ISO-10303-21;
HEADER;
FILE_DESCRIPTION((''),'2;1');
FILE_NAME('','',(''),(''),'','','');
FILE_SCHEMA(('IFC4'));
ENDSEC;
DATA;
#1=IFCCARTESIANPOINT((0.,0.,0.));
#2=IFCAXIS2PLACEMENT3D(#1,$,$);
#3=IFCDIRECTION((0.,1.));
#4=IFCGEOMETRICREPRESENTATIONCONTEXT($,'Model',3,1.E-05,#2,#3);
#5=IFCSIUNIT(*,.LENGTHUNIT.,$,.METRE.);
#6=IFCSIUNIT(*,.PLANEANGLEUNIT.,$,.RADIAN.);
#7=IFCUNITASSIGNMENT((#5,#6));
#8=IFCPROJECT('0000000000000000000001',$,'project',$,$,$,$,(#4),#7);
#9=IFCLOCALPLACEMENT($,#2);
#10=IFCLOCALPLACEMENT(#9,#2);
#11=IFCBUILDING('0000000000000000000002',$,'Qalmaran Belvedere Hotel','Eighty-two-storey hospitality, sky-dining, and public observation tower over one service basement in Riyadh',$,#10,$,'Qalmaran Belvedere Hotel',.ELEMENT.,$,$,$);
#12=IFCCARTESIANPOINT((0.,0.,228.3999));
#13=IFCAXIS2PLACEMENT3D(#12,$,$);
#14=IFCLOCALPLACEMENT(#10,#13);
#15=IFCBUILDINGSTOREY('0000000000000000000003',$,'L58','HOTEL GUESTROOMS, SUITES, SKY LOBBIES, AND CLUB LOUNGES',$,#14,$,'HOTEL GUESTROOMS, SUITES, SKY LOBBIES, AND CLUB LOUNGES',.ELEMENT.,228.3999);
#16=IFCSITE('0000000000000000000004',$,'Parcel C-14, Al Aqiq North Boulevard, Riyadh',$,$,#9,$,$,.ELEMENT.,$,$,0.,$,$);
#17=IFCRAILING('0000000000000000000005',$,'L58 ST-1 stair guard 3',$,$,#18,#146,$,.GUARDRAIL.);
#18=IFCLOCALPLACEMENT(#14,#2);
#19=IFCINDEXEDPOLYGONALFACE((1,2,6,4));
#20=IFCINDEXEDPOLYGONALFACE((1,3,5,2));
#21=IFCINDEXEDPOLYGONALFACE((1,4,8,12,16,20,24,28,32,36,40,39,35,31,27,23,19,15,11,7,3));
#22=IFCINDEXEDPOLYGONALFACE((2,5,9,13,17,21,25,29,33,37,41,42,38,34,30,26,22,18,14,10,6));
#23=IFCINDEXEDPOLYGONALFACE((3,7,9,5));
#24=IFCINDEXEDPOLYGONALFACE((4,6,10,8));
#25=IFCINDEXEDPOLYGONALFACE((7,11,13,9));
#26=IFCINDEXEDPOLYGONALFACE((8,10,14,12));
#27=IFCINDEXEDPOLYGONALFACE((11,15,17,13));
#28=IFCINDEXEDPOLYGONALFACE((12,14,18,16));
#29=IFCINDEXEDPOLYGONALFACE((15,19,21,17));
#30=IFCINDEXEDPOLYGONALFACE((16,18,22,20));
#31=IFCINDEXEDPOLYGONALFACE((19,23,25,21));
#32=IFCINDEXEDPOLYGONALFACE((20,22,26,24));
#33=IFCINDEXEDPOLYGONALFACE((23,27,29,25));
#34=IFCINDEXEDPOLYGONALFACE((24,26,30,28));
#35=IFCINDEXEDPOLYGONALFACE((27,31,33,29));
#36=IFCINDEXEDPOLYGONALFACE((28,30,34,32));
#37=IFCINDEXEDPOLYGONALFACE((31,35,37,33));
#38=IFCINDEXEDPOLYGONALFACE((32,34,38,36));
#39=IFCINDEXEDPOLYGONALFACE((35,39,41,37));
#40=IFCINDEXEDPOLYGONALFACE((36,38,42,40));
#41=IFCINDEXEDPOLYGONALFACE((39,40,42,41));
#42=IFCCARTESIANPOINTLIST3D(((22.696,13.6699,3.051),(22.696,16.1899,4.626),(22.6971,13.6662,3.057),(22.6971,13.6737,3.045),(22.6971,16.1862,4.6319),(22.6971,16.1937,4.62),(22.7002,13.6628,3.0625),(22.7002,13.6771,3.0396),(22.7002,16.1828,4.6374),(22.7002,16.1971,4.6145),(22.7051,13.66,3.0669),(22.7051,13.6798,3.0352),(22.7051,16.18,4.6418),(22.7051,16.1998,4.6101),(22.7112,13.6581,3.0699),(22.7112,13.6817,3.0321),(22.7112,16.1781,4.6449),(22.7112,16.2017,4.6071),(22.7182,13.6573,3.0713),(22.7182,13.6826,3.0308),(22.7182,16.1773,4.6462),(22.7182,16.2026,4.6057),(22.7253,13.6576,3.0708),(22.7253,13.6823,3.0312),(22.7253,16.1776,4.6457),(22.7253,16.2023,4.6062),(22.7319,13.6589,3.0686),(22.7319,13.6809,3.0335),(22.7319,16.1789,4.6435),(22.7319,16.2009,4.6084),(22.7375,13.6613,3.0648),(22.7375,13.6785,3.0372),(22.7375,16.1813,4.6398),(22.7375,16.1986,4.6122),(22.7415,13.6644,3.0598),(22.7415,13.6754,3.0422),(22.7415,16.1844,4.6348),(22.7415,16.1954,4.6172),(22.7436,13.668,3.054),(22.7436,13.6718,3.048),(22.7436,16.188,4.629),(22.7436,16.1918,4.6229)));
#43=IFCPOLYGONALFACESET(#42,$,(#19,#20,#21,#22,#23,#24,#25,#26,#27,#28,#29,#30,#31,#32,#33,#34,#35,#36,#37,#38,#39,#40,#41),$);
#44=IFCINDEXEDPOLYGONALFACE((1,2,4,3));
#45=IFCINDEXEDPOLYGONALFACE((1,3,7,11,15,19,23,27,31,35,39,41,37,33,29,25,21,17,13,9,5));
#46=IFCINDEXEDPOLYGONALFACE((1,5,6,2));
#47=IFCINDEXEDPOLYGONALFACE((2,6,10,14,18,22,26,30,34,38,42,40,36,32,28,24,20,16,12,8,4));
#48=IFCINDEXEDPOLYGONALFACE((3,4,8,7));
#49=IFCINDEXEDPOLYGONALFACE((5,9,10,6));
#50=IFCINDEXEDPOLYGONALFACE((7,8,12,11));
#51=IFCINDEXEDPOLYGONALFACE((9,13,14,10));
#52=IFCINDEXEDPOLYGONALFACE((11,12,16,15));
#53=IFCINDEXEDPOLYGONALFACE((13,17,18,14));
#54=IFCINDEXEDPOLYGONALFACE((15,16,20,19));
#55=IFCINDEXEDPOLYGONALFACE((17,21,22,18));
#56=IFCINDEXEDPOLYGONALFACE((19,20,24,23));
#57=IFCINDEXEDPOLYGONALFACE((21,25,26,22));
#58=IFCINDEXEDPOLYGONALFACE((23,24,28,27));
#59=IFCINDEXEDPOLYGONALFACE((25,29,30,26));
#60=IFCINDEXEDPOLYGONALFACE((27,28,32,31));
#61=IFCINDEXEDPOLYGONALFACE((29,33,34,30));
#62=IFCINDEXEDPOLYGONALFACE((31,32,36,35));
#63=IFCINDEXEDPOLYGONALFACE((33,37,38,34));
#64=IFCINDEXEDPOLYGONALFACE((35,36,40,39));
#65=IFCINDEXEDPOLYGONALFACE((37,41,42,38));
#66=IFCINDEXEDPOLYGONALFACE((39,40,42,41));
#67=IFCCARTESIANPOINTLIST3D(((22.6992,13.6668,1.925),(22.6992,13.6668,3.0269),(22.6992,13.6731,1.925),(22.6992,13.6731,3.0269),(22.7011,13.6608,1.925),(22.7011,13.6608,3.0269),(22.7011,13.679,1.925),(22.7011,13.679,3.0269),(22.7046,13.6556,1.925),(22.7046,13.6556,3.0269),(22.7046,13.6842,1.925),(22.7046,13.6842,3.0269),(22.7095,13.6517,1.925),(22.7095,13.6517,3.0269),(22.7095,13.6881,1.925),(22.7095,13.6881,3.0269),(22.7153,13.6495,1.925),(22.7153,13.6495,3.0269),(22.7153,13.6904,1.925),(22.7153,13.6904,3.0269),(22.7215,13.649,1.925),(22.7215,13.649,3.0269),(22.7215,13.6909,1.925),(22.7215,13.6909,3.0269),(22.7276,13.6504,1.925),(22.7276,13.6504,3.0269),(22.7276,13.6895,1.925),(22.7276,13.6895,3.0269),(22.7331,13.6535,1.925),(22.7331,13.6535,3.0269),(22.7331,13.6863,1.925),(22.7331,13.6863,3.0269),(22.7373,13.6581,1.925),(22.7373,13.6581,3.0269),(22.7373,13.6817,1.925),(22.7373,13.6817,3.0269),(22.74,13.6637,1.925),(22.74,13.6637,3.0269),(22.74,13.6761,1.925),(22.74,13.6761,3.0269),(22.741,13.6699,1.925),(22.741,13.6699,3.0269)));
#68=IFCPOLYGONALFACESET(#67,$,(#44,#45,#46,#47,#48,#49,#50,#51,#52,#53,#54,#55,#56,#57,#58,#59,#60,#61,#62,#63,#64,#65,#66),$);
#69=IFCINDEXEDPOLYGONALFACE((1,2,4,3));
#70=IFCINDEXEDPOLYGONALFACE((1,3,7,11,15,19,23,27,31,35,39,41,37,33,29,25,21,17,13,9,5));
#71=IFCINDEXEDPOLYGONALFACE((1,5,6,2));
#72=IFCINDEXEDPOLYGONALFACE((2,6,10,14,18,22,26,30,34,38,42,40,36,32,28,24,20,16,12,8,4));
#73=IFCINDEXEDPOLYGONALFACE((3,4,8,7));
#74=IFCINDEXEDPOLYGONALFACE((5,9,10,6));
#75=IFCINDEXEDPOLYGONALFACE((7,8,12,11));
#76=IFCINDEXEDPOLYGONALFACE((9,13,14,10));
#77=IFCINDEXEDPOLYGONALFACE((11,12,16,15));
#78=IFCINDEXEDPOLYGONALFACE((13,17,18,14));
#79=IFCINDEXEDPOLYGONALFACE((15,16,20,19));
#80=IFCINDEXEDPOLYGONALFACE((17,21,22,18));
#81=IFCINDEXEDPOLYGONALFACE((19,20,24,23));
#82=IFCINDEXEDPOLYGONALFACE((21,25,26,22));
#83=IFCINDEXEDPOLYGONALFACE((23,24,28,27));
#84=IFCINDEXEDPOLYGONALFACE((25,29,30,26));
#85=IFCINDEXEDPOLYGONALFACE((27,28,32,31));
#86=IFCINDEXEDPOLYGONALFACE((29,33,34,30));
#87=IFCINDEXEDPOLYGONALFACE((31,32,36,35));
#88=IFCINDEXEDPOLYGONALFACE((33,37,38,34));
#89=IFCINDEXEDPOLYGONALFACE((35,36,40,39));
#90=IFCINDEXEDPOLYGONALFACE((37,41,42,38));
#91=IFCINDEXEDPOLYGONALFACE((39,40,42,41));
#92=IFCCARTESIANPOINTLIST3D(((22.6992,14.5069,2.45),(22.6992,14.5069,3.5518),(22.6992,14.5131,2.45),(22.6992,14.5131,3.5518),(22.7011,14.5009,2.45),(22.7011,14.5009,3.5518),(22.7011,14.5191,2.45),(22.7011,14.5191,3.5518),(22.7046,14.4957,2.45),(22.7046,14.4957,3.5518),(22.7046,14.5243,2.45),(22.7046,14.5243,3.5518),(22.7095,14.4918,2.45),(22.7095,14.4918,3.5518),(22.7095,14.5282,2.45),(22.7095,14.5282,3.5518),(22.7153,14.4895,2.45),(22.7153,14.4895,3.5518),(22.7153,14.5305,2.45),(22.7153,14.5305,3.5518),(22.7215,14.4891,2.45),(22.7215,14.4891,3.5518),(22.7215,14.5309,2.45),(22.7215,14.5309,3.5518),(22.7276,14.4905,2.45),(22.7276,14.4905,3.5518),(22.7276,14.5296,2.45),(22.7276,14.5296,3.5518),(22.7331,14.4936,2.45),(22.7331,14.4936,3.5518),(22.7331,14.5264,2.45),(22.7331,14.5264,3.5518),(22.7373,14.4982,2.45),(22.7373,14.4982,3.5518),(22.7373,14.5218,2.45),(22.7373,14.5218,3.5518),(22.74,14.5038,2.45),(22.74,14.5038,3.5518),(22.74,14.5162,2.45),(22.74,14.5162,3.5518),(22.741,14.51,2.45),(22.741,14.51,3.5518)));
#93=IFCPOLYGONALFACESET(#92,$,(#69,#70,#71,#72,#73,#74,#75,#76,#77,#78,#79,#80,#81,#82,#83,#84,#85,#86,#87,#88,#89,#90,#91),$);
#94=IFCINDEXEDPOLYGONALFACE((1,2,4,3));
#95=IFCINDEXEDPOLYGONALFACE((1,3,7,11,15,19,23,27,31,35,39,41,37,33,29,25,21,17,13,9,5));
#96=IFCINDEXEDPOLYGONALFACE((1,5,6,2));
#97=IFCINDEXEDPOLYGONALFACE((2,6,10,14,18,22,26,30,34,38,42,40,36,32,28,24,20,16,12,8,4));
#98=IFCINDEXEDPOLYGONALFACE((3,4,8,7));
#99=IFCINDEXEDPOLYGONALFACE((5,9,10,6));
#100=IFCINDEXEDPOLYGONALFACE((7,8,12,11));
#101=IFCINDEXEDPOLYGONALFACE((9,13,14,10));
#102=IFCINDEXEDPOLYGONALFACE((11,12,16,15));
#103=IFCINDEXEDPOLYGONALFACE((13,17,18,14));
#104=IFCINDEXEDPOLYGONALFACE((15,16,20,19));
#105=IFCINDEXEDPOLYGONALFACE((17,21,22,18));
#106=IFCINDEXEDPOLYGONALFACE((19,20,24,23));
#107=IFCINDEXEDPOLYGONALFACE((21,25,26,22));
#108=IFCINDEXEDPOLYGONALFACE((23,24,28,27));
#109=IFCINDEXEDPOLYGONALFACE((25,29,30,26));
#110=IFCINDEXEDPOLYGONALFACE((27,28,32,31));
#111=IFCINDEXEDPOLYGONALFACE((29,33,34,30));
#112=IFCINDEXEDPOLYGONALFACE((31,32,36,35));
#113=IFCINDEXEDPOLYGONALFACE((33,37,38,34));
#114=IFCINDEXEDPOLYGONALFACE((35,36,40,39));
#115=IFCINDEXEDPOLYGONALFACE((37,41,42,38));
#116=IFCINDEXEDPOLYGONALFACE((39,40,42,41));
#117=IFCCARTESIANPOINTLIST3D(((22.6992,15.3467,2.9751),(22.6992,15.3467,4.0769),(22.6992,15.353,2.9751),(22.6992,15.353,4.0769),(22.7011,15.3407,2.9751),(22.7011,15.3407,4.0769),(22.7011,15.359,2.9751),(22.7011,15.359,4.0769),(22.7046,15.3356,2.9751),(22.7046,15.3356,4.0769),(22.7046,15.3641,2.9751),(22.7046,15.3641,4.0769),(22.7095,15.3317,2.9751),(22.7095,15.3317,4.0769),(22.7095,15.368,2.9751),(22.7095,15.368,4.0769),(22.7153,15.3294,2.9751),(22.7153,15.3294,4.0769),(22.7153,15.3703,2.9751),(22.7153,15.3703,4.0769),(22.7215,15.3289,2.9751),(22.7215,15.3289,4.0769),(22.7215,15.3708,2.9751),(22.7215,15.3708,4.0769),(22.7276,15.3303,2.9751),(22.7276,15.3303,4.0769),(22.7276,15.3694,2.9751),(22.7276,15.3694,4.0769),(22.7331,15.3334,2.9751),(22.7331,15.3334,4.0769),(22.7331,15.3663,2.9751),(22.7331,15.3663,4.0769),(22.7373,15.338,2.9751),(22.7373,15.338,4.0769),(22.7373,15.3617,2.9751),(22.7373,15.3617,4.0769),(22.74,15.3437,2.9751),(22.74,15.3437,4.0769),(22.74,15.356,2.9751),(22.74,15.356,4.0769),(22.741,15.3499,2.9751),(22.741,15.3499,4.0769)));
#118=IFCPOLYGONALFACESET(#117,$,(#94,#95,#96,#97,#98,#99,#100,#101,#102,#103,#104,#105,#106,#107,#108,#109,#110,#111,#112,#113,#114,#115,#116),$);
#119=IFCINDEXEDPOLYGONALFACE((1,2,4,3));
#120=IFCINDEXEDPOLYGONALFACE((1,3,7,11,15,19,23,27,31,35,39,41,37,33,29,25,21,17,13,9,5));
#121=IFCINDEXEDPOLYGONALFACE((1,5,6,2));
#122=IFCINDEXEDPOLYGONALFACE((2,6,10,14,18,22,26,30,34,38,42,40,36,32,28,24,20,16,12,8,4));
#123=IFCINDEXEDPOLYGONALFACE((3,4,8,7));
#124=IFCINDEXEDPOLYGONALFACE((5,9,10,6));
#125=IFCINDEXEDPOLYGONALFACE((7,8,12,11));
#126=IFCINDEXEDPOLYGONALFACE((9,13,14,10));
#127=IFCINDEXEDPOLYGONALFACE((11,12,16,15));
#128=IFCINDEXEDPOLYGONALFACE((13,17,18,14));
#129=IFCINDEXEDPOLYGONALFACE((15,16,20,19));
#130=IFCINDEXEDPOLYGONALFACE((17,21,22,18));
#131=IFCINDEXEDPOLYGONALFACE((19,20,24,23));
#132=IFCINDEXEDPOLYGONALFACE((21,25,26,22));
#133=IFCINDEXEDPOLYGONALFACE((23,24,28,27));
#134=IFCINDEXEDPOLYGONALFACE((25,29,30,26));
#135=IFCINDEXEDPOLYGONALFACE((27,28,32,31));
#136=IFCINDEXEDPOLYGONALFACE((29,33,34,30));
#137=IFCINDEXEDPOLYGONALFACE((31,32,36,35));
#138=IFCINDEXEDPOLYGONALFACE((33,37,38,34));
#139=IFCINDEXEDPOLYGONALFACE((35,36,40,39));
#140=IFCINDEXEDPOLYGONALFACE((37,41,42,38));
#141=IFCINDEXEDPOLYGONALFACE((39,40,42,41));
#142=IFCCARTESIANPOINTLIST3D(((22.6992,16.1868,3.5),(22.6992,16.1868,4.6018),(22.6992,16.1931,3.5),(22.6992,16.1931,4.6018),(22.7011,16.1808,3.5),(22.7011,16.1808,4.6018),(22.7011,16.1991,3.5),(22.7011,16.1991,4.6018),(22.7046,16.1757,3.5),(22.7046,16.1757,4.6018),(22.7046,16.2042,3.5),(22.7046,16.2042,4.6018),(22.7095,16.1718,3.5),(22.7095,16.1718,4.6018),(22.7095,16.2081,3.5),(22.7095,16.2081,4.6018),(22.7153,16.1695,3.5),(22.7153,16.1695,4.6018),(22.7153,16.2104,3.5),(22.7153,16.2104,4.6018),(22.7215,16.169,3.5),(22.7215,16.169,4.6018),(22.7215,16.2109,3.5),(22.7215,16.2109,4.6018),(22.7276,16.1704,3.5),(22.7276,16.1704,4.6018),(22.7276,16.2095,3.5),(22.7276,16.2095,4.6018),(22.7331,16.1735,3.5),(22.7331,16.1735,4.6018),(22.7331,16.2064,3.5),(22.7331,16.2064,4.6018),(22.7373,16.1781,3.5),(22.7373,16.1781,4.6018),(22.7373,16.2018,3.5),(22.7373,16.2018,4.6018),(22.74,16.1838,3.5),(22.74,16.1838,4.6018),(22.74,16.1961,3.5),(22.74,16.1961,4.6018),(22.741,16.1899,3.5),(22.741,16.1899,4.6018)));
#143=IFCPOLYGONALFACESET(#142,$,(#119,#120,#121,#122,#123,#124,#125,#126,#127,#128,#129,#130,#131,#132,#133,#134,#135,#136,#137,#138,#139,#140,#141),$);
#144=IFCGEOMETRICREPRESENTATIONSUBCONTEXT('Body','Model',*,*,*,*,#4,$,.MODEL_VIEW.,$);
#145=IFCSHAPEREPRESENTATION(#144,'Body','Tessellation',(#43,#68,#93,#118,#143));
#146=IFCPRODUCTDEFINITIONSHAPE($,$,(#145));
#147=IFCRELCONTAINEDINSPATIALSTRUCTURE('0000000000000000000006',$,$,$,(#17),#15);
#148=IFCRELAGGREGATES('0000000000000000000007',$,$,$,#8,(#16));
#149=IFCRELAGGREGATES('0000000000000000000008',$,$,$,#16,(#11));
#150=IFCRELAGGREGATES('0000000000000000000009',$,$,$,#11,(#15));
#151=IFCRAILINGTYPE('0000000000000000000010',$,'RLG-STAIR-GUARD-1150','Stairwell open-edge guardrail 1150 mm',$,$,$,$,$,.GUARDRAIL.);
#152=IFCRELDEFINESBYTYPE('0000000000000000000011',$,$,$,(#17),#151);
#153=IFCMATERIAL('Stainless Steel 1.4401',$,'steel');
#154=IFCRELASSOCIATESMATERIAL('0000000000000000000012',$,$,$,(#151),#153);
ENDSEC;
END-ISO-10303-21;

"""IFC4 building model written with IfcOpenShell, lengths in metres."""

from ifc_helpers import new_model, si_unit, direction, frame, origin, origin_2d, place, context, subcontext, project, spatial, circle, extrude, material, type_object, element, save


model = new_model("IFC4")

# Units and contexts
model_context = context("Model", 3, precision=1e-05, world=origin(), true_north=direction((0.0, 1.0)))
body_context = subcontext(model_context, "Body", "Model", "MODEL_VIEW")
ifc_project = project(units=[si_unit("LENGTHUNIT", "METRE"), si_unit("PLANEANGLEUNIT", "RADIAN")], contexts=[model_context])

# Site, building, storey
site_placement = place(None, origin())
site = spatial("IfcSite", under=ifc_project, at=site_placement, Name="Parcel C-14, Al Aqiq North Boulevard, Riyadh", CompositionType="ELEMENT", RefElevation=0.0)
building_placement = place(site_placement, origin())
building = spatial("IfcBuilding", under=site, at=building_placement, Name="Qalmaran Belvedere Hotel", Description="Eighty-two-storey hospitality, sky-dining, and public observation tower over one service basement in Riyadh", LongName="Qalmaran Belvedere Hotel", CompositionType="ELEMENT")
storey_placement = place(building_placement, frame((0.0, 0.0, 228.3999)))
storey = spatial("IfcBuildingStorey", under=building, at=storey_placement, Name="L58", Description="HOTEL GUESTROOMS, SUITES, SKY LOBBIES, AND CLUB LOUNGES", LongName="HOTEL GUESTROOMS, SUITES, SKY LOBBIES, AND CLUB LOUNGES", CompositionType="ELEMENT", Elevation=228.3999)

# Shared definitions
ifc_material_1 = material(Name="Stainless Steel 1.4401", Category="steel")

# Railing
railing_type_1 = type_object("IfcRailingType", Name="RLG-STAIR-GUARD-1150", Description="Stairwell open-edge guardrail 1150 mm", PredefinedType="GUARDRAIL", material=ifc_material_1)
railing_1_placement = place(storey_placement, frame((22.72, 13.6699, 1.925)))
element("IfcRailing", 1, at=railing_1_placement, inside=storey, type_object=railing_type_1, Name="L58 ST-1 stair guard 3", PredefinedType="GUARDRAIL", context=body_context, shape_type="SweptSolid", body=[
    extrude(circle(Radius=0.0239, at=origin_2d()), frame((0.0, 0.0, 1.126), z_axis=(0.0, 0.848008, 0.529984), x_axis=(-1.0, 0.0, 0.0)), (0.0, 0.0, 1.0), 2.9717),
    extrude(circle(Radius=0.021, at=origin_2d()), origin(), (0.0, 0.0, 1.0), 1.1018),
    extrude(circle(Radius=0.021, at=origin_2d()), frame((0.0, 0.8401, 0.5249)), (0.0, 0.0, 1.0), 1.1018),
    extrude(circle(Radius=0.021, at=origin_2d()), frame((0.0, 1.6799, 1.05)), (0.0, 0.0, 1.0), 1.1018),
    extrude(circle(Radius=0.021, at=origin_2d()), frame((0.0, 2.52, 1.575)), (0.0, 0.0, 1.0), 1.1018),
])

save(model, "model.ifc")
